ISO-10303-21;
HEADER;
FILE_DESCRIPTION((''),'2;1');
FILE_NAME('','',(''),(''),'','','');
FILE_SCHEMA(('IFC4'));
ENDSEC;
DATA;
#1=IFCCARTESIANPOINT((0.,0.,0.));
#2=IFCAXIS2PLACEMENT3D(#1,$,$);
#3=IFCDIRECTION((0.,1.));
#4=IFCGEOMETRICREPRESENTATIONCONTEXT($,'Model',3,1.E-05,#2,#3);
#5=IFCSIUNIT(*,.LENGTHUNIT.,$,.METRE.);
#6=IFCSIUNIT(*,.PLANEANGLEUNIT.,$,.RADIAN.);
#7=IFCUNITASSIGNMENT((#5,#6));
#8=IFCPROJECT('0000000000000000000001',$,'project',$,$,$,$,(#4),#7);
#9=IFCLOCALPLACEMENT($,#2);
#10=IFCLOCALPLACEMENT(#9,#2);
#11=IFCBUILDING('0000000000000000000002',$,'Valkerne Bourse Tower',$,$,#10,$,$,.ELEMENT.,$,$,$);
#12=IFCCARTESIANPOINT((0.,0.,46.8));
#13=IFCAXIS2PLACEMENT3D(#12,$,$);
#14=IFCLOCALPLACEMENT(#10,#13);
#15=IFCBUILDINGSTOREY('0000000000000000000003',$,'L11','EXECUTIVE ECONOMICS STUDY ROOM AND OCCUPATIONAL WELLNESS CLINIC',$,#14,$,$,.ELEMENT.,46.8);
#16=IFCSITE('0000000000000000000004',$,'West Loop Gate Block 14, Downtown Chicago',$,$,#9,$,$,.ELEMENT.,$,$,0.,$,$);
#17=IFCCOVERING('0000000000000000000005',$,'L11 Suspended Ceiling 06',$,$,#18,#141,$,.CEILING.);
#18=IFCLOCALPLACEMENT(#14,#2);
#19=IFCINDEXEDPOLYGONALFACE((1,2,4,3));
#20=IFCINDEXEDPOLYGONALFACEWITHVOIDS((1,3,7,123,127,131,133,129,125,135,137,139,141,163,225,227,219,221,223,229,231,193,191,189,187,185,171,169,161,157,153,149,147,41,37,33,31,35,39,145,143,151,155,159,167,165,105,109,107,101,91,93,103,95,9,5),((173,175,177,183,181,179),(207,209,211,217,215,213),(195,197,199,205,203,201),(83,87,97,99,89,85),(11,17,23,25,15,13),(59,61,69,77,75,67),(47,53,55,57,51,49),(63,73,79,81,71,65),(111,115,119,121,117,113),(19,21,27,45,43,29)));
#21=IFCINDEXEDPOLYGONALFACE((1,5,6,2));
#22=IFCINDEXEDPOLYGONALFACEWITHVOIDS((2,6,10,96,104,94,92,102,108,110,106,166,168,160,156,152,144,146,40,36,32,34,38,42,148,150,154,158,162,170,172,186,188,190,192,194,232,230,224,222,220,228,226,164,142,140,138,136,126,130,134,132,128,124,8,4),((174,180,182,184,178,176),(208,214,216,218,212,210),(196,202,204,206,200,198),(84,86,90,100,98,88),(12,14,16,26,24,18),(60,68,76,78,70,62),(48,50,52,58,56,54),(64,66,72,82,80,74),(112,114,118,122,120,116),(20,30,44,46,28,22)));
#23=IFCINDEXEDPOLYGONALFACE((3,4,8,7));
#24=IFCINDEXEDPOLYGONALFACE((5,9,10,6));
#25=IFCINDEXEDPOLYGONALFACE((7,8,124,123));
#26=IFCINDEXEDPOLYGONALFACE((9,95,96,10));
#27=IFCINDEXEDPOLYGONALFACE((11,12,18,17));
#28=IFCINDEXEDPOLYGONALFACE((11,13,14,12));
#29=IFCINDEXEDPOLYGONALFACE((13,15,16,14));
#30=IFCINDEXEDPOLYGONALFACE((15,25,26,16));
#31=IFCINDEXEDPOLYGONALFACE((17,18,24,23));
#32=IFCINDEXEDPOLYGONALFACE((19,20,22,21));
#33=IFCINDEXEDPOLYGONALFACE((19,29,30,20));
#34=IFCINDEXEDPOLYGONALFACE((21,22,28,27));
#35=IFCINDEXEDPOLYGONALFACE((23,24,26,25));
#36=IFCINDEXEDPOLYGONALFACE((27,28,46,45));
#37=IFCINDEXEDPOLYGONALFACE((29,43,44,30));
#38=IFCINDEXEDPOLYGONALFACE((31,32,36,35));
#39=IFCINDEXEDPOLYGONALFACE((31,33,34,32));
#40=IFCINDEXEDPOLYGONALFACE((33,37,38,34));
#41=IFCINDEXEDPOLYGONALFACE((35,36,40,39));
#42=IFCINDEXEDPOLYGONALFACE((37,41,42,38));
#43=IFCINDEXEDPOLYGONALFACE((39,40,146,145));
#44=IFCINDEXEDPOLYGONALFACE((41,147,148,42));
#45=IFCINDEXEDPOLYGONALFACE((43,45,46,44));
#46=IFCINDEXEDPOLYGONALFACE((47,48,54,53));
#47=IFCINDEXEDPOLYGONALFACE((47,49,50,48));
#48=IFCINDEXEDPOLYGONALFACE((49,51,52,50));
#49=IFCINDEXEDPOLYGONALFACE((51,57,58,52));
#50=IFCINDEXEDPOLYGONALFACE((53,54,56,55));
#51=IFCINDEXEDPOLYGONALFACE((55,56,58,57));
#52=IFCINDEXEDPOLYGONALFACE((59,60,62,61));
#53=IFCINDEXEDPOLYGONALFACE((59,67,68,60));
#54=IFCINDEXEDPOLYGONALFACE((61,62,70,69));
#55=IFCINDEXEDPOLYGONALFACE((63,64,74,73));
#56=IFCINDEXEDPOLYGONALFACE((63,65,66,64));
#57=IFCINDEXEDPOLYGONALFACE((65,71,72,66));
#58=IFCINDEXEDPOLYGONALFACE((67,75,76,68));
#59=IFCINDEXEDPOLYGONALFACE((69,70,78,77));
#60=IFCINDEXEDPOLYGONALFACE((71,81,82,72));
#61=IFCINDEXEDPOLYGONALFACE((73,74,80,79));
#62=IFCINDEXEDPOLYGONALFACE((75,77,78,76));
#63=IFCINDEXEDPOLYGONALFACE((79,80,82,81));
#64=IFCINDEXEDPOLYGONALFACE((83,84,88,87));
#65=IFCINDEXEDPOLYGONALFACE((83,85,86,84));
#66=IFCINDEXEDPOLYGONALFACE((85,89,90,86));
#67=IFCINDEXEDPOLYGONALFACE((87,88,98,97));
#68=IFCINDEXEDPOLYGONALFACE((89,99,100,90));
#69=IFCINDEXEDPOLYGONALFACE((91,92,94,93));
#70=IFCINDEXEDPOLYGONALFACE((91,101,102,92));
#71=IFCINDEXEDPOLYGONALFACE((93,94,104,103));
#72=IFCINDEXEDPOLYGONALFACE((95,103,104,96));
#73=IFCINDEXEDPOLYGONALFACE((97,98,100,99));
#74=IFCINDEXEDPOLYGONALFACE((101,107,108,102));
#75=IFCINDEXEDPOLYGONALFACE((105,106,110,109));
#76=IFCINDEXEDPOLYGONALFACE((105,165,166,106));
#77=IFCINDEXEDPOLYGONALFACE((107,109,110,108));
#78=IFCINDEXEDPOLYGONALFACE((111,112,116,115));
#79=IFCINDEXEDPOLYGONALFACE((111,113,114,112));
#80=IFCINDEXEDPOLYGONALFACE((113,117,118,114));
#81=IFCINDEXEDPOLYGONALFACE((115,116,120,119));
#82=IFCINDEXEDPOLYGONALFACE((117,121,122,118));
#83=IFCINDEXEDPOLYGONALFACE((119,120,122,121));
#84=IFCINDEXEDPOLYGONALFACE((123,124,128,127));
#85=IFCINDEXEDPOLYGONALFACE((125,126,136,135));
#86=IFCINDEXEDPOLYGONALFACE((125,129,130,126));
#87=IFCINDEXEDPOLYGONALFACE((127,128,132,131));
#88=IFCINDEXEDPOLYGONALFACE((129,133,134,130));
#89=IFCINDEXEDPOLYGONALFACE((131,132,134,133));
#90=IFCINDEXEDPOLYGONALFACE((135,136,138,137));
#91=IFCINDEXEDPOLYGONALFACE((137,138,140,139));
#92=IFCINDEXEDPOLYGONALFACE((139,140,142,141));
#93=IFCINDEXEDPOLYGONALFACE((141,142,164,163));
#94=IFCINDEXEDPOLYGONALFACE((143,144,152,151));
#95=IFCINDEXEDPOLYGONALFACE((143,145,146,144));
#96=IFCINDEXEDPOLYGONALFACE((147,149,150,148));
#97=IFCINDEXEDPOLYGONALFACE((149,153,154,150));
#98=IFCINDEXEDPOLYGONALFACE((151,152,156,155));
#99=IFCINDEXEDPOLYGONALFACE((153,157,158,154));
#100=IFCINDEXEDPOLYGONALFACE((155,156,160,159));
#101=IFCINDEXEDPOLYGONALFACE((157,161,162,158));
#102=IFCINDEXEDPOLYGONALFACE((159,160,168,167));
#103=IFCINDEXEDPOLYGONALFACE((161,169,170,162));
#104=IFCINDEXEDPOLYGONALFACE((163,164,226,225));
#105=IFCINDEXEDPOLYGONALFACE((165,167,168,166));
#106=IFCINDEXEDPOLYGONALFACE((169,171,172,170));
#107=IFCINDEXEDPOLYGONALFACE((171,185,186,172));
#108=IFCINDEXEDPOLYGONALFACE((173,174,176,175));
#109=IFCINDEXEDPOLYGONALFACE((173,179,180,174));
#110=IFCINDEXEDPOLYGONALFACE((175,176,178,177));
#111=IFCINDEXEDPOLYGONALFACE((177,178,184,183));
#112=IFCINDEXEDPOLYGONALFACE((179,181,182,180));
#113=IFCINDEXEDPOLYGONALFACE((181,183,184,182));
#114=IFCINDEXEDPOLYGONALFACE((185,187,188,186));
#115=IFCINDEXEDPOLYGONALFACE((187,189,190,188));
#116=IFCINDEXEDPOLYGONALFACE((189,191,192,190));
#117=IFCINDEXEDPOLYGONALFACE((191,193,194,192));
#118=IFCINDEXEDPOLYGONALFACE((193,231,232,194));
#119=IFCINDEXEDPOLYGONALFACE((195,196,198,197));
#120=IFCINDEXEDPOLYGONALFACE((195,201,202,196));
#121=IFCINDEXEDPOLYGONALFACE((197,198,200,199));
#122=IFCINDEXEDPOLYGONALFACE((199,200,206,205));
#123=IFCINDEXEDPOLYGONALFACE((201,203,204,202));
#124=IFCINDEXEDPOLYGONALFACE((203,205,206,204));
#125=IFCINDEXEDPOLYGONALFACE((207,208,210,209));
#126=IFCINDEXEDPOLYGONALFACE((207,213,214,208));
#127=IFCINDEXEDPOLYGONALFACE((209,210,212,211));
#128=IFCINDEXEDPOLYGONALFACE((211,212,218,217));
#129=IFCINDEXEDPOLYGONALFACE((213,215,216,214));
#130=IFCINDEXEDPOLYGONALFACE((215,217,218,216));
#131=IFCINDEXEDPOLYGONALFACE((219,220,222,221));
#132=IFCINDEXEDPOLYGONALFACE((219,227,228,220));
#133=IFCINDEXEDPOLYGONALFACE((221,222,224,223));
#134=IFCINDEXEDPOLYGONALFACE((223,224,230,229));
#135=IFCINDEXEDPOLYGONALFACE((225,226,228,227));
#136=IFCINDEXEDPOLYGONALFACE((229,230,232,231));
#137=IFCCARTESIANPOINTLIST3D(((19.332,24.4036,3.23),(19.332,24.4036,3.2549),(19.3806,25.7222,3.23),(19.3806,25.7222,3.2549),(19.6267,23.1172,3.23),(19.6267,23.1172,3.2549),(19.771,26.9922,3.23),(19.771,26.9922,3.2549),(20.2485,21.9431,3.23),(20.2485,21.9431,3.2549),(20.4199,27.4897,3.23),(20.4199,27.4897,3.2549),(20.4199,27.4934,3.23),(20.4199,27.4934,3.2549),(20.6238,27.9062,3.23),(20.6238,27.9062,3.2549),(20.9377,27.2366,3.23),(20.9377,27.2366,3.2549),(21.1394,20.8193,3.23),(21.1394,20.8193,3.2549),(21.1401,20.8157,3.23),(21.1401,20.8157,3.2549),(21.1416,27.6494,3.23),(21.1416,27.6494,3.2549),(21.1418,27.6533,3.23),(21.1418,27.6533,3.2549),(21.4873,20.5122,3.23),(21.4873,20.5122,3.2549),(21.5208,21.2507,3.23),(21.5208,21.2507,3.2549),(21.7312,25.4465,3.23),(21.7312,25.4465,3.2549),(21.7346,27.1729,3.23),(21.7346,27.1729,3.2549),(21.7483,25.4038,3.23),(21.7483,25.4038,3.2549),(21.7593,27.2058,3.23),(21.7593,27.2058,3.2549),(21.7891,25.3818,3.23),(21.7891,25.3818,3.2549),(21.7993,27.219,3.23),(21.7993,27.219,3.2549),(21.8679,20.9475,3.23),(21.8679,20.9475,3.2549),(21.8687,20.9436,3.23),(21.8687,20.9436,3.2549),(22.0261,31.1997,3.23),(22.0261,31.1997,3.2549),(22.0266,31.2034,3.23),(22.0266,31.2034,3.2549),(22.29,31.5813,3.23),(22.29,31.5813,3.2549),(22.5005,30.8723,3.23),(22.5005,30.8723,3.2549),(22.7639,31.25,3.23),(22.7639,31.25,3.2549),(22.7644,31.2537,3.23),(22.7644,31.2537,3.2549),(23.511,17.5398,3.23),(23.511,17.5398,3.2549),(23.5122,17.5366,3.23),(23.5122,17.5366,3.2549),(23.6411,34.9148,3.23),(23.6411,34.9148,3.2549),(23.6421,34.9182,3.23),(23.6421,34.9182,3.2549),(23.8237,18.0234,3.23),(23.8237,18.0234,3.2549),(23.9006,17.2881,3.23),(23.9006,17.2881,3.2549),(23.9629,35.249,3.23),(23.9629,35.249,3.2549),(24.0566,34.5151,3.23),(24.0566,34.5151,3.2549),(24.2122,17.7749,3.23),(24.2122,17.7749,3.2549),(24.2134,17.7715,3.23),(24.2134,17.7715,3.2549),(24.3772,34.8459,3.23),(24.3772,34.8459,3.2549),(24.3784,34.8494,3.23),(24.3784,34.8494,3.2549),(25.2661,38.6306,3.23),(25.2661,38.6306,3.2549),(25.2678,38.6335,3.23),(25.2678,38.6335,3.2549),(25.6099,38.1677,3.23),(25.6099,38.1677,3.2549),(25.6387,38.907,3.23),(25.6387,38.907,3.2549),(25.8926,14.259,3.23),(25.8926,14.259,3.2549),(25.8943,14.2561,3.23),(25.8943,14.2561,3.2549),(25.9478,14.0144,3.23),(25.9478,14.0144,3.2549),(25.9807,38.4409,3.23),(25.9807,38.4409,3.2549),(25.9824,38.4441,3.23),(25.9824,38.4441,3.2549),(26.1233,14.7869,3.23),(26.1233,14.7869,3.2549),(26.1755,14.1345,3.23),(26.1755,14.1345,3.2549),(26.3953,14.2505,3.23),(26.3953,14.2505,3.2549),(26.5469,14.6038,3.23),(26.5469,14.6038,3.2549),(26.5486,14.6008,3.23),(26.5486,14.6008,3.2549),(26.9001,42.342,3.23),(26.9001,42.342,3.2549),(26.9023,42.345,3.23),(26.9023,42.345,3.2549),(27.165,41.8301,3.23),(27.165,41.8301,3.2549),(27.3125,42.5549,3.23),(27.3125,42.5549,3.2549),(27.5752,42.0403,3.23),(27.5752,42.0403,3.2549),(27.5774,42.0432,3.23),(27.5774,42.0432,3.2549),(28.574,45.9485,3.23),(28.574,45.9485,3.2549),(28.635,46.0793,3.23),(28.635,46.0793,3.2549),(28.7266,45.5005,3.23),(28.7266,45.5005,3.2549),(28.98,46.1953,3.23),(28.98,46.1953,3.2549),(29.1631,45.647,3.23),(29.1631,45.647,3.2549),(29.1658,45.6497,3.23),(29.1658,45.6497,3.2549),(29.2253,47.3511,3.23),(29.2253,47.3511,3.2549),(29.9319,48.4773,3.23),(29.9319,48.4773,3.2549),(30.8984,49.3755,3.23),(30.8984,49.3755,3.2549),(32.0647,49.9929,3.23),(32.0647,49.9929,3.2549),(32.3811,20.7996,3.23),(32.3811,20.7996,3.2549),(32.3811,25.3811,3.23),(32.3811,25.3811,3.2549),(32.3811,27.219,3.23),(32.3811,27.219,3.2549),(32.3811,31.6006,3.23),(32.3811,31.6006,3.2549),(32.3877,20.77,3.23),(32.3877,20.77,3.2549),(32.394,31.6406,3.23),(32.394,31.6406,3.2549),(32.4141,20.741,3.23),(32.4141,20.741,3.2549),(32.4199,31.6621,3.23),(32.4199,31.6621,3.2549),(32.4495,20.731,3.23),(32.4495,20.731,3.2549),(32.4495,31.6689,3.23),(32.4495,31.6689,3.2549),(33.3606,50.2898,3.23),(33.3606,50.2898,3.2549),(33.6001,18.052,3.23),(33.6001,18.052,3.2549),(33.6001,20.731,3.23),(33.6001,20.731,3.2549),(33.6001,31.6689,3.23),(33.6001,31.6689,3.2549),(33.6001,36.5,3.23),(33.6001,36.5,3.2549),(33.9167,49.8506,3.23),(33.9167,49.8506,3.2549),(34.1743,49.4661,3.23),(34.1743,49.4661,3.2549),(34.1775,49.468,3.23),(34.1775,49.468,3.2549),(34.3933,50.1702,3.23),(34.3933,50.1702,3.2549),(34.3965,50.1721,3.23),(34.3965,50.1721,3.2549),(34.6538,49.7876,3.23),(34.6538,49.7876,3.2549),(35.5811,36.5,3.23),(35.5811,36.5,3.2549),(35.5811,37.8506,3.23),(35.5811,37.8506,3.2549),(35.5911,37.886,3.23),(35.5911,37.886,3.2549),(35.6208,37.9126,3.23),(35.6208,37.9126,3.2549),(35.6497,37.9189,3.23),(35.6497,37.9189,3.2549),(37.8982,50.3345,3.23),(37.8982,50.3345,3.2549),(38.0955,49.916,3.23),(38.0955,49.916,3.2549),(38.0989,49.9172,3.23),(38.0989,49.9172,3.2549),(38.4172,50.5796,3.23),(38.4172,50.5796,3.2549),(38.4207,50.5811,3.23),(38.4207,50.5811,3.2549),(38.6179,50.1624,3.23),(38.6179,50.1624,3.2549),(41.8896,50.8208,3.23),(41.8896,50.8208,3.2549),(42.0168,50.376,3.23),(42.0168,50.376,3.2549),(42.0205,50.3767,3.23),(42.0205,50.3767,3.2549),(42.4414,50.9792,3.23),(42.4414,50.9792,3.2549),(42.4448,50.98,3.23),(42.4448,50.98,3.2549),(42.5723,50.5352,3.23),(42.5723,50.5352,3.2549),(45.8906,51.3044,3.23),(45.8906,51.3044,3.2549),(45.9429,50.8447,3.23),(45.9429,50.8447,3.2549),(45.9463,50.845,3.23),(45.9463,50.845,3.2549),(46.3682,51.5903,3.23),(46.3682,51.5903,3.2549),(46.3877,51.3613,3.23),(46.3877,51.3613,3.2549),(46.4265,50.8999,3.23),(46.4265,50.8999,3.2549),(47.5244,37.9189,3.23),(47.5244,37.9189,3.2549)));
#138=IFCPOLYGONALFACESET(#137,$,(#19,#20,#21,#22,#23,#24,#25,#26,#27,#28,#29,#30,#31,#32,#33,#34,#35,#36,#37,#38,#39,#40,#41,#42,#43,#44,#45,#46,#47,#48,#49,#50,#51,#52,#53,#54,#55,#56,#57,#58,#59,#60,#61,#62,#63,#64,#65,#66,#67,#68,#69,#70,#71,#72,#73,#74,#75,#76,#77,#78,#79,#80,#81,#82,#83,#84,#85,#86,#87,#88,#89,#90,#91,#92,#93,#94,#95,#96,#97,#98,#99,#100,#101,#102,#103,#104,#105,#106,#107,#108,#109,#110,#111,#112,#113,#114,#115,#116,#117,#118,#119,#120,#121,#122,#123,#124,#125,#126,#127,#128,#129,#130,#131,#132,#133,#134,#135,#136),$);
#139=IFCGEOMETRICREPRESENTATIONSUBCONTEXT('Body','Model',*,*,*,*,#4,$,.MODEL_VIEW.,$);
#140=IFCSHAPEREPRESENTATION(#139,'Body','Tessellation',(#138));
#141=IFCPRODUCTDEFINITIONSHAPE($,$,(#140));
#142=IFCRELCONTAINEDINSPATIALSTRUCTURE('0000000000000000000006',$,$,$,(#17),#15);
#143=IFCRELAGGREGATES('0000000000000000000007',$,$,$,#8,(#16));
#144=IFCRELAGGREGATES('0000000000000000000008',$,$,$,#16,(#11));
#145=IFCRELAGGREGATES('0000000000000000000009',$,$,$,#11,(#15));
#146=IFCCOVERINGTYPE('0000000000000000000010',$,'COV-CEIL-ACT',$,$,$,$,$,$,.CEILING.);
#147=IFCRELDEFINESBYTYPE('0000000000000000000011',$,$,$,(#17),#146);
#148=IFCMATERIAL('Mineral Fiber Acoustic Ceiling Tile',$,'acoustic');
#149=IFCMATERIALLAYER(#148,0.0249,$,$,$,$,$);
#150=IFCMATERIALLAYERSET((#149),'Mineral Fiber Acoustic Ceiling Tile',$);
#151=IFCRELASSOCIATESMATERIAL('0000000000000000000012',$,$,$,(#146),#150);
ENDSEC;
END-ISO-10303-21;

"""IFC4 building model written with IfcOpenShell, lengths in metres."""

from ifc_helpers import new_model, si_unit, direction, frame, origin, place, context, subcontext, project, spatial, polyline, outline, extrude, material, layer, layer_set, type_object, element, save


model = new_model("IFC4")

# Units and contexts
model_context = context("Model", 3, precision=1e-05, world=origin(), true_north=direction((0.0, 1.0)))
body_context = subcontext(model_context, "Body", "Model", "MODEL_VIEW")
ifc_project = project(units=[si_unit("LENGTHUNIT", "METRE"), si_unit("PLANEANGLEUNIT", "RADIAN")], contexts=[model_context])

# Site, building, storey
site_placement = place(None, origin())
site = spatial("IfcSite", under=ifc_project, at=site_placement, Name="West Loop Gate Block 14, Downtown Chicago", CompositionType="ELEMENT", RefElevation=0.0)
building_placement = place(site_placement, origin())
building = spatial("IfcBuilding", under=site, at=building_placement, Name="Valkerne Bourse Tower", CompositionType="ELEMENT")
storey_placement = place(building_placement, frame((0.0, 0.0, 46.8)))
storey = spatial("IfcBuildingStorey", under=building, at=storey_placement, Name="L11", Description="EXECUTIVE ECONOMICS STUDY ROOM AND OCCUPATIONAL WELLNESS CLINIC", CompositionType="ELEMENT", Elevation=46.8)

# Covering
ifc_material_1 = material(Name="Mineral Fiber Acoustic Ceiling Tile", Category="acoustic")
ifc_layer_1 = layer(ifc_material_1, 0.0249)
ifc_layer_set_1 = layer_set([ifc_layer_1], Name="Mineral Fiber Acoustic Ceiling Tile")
covering_type_1 = type_object("IfcCoveringType", Name="COV-CEIL-ACT", PredefinedType="CEILING", material=ifc_layer_set_1)
covering_1_placement = place(storey_placement, frame((0.0, 0.0, 3.23)))
element("IfcCovering", 1, at=covering_1_placement, inside=storey, type_object=covering_type_1, Name="L11 Suspended Ceiling 06", PredefinedType="CEILING", context=body_context, shape_type="SweptSolid", body=[
    extrude(outline(polyline([(19.332, 24.4036), (19.3806, 25.7222), (19.771, 26.9922), (28.574, 45.9485), (28.7266, 45.5005), (29.1631, 45.647), (29.1658, 45.6497), (28.98, 46.1953), (28.635, 46.0793), (29.2253, 47.3511), (29.9319, 48.4773), (30.8984, 49.3755), (32.0647, 49.9929), (33.3606, 50.2898), (46.3682, 51.5903), (46.3877, 51.3613), (45.8906, 51.3044), (45.9429, 50.8447), (45.9463, 50.845), (46.4265, 50.8999), (47.5244, 37.9189), (35.6497, 37.9189), (35.6208, 37.9126), (35.5911, 37.886), (35.5811, 37.8506), (35.5811, 36.5), (33.6001, 36.5), (33.6001, 31.6689), (32.4495, 31.6689), (32.4199, 31.6621), (32.394, 31.6406), (32.3811, 31.6006), (32.3811, 27.219), (21.7993, 27.219), (21.7593, 27.2058), (21.7346, 27.1729), (21.7312, 25.4465), (21.7483, 25.4038), (21.7891, 25.3818), (32.3811, 25.3811), (32.3811, 20.7996), (32.3877, 20.77), (32.4141, 20.741), (32.4495, 20.731), (33.6001, 20.731), (33.6001, 18.052), (26.3953, 14.2505), (26.5486, 14.6008), (26.5469, 14.6038), (26.1233, 14.7869), (25.8926, 14.259), (25.8943, 14.2561), (26.1755, 14.1345), (25.9478, 14.0144), (20.2485, 21.9431), (19.6267, 23.1172), (19.332, 24.4036)]), holes=[polyline([(24.2122, 17.7749), (23.8237, 18.0234), (23.511, 17.5398), (23.5122, 17.5366), (23.9006, 17.2881), (24.2134, 17.7715), (24.2122, 17.7749)]), polyline([(21.8687, 20.9436), (21.8679, 20.9475), (21.5208, 21.2507), (21.1394, 20.8193), (21.1401, 20.8157), (21.4873, 20.5122), (21.8687, 20.9436)]), polyline([(21.1418, 27.6533), (20.6238, 27.9062), (20.4199, 27.4934), (20.4199, 27.4897), (20.9377, 27.2366), (21.1416, 27.6494), (21.1418, 27.6533)]), polyline([(22.7639, 31.25), (22.7644, 31.2537), (22.29, 31.5813), (22.0266, 31.2034), (22.0261, 31.1997), (22.5005, 30.8723), (22.7639, 31.25)]), polyline([(24.3784, 34.8494), (23.9629, 35.249), (23.6421, 34.9182), (23.6411, 34.9148), (24.0566, 34.5151), (24.3772, 34.8459), (24.3784, 34.8494)]), polyline([(25.9807, 38.4409), (25.9824, 38.4441), (25.6387, 38.907), (25.2678, 38.6335), (25.2661, 38.6306), (25.6099, 38.1677), (25.9807, 38.4409)]), polyline([(27.5752, 42.0403), (27.5774, 42.0432), (27.3125, 42.5549), (26.9023, 42.345), (26.9001, 42.342), (27.165, 41.8301), (27.5752, 42.0403)]), polyline([(34.1775, 49.468), (34.6538, 49.7876), (34.3965, 50.1721), (34.3933, 50.1702), (33.9167, 49.8506), (34.1743, 49.4661), (34.1775, 49.468)]), polyline([(38.0989, 49.9172), (38.6179, 50.1624), (38.4207, 50.5811), (38.4172, 50.5796), (37.8982, 50.3345), (38.0955, 49.916), (38.0989, 49.9172)]), polyline([(42.0205, 50.3767), (42.5723, 50.5352), (42.4448, 50.98), (42.4414, 50.9792), (41.8896, 50.8208), (42.0168, 50.376), (42.0205, 50.3767)])]), origin(), (0.0, 0.0, 1.0), 0.0249),
])

save(model, "model.ifc")
